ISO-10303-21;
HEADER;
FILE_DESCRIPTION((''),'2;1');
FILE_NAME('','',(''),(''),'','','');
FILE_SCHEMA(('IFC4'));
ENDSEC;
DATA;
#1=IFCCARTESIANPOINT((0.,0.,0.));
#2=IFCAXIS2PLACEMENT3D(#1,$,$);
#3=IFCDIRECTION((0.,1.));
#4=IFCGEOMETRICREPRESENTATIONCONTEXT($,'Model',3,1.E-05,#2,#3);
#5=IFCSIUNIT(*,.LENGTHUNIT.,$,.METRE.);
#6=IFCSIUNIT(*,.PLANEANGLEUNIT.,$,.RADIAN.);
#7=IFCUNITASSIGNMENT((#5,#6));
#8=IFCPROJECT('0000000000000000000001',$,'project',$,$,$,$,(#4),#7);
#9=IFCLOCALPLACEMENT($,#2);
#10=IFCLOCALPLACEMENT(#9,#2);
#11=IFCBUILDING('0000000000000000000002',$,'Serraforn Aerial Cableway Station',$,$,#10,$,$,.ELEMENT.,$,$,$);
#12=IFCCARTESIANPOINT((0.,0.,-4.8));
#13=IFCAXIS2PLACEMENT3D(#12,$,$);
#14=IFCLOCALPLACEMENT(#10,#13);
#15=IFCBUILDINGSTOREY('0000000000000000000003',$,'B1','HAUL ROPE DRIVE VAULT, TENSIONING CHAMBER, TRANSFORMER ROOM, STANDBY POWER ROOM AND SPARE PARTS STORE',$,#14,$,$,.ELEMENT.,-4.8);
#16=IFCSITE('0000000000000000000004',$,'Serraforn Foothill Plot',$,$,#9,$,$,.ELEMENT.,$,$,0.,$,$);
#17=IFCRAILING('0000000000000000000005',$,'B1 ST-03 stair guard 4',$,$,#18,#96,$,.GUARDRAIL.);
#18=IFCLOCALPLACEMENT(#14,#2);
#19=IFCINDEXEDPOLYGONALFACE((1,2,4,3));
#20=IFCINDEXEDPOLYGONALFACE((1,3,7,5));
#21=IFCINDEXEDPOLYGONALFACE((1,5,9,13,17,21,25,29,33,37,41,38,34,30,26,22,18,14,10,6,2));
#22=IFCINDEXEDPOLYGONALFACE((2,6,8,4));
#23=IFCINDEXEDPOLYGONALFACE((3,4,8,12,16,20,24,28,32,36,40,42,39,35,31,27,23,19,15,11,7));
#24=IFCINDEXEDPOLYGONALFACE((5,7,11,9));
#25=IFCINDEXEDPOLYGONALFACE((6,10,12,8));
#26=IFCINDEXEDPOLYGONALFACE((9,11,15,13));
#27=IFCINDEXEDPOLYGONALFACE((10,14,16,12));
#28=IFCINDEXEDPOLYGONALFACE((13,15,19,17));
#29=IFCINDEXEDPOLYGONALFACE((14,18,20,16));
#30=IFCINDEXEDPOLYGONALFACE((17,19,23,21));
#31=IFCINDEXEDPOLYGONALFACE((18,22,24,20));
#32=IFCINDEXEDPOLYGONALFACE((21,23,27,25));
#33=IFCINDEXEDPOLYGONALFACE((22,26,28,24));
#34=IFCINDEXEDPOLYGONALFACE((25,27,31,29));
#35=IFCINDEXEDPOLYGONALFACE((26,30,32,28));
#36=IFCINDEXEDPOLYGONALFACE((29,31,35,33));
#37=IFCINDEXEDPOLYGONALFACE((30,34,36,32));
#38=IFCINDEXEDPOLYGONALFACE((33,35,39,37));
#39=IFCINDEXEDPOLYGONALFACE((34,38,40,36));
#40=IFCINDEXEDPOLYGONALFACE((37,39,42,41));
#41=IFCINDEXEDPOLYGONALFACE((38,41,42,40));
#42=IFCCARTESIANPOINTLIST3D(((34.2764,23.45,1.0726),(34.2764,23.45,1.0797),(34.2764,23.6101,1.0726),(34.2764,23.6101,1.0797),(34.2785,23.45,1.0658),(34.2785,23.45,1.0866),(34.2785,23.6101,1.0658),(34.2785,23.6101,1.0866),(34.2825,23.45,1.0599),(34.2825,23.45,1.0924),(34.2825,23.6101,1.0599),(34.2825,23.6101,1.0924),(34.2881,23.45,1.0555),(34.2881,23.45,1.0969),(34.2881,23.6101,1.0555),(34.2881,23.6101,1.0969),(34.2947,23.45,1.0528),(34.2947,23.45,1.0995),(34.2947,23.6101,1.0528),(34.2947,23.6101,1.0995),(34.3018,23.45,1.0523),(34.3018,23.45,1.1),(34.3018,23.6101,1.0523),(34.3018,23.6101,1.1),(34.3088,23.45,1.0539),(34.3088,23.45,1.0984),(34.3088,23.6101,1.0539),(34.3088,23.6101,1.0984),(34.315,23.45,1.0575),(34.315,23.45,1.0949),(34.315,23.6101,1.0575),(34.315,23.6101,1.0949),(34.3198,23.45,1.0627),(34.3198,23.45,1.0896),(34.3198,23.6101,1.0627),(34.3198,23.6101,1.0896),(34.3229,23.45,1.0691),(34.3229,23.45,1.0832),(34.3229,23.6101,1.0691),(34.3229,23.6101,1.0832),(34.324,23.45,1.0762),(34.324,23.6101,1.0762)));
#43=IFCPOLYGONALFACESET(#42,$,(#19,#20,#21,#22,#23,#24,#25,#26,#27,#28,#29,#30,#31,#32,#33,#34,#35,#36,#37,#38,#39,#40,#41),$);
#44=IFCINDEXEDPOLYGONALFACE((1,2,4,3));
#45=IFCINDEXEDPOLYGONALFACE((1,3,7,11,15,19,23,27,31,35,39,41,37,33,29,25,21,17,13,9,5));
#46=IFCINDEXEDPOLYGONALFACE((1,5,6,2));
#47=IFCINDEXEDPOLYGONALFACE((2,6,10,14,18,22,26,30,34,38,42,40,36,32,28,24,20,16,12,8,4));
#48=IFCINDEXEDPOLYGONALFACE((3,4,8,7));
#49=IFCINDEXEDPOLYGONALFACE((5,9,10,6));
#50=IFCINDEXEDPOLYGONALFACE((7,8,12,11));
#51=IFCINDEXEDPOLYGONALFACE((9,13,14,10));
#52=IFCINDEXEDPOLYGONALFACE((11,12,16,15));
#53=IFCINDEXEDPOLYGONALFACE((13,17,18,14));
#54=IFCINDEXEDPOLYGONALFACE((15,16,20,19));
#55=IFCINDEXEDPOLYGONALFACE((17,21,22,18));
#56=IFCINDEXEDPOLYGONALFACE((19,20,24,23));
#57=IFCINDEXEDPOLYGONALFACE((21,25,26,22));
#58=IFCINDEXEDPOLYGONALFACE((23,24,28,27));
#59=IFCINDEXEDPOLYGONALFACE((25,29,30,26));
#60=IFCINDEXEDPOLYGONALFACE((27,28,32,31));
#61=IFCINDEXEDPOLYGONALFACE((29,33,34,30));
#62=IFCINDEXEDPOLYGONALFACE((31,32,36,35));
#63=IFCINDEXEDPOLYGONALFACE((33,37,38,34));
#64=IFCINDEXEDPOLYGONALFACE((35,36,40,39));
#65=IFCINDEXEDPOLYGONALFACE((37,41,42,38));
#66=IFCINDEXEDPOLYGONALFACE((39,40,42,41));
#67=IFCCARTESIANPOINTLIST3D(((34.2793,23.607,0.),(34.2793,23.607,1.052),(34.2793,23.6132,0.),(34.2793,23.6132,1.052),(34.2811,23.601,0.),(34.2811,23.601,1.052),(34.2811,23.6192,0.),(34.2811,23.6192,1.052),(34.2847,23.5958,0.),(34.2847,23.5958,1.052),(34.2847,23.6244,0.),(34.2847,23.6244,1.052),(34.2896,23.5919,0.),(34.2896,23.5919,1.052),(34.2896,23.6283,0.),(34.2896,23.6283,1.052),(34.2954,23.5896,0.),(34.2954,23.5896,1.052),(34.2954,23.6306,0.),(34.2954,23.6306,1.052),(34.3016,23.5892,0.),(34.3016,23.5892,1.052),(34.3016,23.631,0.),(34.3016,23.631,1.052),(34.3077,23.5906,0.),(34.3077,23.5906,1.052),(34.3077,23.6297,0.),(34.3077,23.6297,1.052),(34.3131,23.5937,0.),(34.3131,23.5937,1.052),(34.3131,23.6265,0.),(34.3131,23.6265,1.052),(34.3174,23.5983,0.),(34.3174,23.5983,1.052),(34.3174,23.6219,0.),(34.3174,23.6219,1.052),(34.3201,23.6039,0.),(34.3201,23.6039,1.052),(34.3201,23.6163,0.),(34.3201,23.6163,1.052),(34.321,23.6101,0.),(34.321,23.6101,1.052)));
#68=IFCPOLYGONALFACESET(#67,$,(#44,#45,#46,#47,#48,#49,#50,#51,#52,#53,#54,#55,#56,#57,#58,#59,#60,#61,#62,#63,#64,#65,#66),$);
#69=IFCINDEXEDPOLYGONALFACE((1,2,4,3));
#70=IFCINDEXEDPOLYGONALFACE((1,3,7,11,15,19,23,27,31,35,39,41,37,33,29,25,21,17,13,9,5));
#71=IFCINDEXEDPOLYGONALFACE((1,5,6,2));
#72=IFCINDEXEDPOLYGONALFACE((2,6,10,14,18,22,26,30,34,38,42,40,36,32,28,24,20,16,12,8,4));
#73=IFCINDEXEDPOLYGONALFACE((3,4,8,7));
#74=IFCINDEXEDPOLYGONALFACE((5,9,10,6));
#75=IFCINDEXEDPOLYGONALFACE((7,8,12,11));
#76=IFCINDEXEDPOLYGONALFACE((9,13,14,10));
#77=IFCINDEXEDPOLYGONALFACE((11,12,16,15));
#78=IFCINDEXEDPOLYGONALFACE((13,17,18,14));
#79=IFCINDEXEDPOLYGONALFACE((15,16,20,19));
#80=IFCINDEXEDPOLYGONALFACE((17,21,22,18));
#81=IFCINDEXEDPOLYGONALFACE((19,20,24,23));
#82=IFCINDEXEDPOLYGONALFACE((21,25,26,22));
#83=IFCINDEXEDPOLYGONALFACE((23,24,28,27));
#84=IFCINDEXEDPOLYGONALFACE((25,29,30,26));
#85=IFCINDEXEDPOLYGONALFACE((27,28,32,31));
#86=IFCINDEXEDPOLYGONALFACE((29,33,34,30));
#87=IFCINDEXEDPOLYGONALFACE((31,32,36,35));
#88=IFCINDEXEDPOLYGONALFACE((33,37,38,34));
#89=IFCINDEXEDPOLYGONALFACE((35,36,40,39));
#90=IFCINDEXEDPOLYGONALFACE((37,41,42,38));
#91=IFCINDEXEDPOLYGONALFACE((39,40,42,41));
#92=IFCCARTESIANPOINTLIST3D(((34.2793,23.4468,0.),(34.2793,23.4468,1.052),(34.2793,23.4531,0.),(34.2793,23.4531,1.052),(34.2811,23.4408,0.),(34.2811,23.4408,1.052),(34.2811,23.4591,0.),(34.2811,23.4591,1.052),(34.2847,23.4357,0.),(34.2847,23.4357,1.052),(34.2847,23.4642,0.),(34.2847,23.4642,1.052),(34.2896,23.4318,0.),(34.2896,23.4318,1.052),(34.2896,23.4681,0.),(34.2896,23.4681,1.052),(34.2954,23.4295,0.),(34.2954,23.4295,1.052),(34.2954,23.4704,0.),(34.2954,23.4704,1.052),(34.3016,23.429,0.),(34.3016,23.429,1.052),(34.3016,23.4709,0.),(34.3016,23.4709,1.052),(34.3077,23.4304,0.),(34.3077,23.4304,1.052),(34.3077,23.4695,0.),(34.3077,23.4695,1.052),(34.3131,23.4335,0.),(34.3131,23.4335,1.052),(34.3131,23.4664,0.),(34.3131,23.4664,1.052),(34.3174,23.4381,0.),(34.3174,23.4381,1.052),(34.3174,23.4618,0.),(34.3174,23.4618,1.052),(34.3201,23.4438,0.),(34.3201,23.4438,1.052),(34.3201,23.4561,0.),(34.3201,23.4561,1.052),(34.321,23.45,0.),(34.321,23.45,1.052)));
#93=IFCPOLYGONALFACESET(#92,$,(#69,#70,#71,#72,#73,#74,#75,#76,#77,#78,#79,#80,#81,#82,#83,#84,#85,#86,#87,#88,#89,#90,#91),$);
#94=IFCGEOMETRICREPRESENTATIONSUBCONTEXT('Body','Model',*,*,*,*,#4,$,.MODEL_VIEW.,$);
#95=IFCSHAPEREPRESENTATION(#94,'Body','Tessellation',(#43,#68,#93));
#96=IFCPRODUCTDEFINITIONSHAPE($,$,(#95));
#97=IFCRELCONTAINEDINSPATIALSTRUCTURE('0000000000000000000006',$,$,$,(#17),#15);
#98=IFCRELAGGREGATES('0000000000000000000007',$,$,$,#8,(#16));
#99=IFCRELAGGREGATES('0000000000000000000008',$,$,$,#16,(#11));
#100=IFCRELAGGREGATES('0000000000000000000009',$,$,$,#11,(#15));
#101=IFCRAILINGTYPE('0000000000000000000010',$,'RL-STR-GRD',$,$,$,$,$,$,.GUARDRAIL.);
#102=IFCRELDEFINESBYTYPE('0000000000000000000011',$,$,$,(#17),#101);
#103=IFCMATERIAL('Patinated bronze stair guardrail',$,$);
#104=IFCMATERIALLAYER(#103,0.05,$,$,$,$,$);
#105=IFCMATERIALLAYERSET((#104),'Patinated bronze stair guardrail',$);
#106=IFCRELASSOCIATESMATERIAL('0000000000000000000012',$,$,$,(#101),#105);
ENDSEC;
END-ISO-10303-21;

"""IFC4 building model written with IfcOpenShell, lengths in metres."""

from ifc_helpers import new_model, si_unit, direction, frame, origin, origin_2d, place, context, subcontext, project, spatial, circle, extrude, material, layer, layer_set, type_object, element, save


model = new_model("IFC4")

# Units and contexts
model_context = context("Model", 3, precision=1e-05, world=origin(), true_north=direction((0.0, 1.0)))
body_context = subcontext(model_context, "Body", "Model", "MODEL_VIEW")
ifc_project = project(units=[si_unit("LENGTHUNIT", "METRE"), si_unit("PLANEANGLEUNIT", "RADIAN")], contexts=[model_context])

# Site, building, storey
site_placement = place(None, origin())
site = spatial("IfcSite", under=ifc_project, at=site_placement, Name="Serraforn Foothill Plot", CompositionType="ELEMENT", RefElevation=0.0)
building_placement = place(site_placement, origin())
building = spatial("IfcBuilding", under=site, at=building_placement, Name="Serraforn Aerial Cableway Station", CompositionType="ELEMENT")
storey_placement = place(building_placement, frame((0.0, 0.0, -4.8)))
storey = spatial("IfcBuildingStorey", under=building, at=storey_placement, Name="B1", Description="HAUL ROPE DRIVE VAULT, TENSIONING CHAMBER, TRANSFORMER ROOM, STANDBY POWER ROOM AND SPARE PARTS STORE", CompositionType="ELEMENT", Elevation=-4.8)

# Railing
ifc_material_1 = material(Name="Patinated bronze stair guardrail")
ifc_layer_1 = layer(ifc_material_1, 0.05)
ifc_layer_set_1 = layer_set([ifc_layer_1], Name="Patinated bronze stair guardrail")
railing_type_1 = type_object("IfcRailingType", Name="RL-STR-GRD", PredefinedType="GUARDRAIL", material=ifc_layer_set_1)
railing_1_placement = place(storey_placement, frame((34.3, 23.6101, 0.0)))
element("IfcRailing", 1, at=railing_1_placement, inside=storey, type_object=railing_type_1, Name="B1 ST-03 stair guard 4", PredefinedType="GUARDRAIL", context=body_context, shape_type="SweptSolid", body=[
    extrude(circle(Radius=0.0239, at=origin_2d()), frame((0.0, 0.0, 1.0762), z_axis=(0.0, -1.0, 0.0), x_axis=(1.0, 0.0, 0.0)), (0.0, 0.0, 1.0), 0.1602),
    extrude(circle(Radius=0.021, at=origin_2d()), origin(), (0.0, 0.0, 1.0), 1.052),
    extrude(circle(Radius=0.021, at=origin_2d()), frame((0.0, -0.1602, 0.0)), (0.0, 0.0, 1.0), 1.052),
])

save(model, "model.ifc")
